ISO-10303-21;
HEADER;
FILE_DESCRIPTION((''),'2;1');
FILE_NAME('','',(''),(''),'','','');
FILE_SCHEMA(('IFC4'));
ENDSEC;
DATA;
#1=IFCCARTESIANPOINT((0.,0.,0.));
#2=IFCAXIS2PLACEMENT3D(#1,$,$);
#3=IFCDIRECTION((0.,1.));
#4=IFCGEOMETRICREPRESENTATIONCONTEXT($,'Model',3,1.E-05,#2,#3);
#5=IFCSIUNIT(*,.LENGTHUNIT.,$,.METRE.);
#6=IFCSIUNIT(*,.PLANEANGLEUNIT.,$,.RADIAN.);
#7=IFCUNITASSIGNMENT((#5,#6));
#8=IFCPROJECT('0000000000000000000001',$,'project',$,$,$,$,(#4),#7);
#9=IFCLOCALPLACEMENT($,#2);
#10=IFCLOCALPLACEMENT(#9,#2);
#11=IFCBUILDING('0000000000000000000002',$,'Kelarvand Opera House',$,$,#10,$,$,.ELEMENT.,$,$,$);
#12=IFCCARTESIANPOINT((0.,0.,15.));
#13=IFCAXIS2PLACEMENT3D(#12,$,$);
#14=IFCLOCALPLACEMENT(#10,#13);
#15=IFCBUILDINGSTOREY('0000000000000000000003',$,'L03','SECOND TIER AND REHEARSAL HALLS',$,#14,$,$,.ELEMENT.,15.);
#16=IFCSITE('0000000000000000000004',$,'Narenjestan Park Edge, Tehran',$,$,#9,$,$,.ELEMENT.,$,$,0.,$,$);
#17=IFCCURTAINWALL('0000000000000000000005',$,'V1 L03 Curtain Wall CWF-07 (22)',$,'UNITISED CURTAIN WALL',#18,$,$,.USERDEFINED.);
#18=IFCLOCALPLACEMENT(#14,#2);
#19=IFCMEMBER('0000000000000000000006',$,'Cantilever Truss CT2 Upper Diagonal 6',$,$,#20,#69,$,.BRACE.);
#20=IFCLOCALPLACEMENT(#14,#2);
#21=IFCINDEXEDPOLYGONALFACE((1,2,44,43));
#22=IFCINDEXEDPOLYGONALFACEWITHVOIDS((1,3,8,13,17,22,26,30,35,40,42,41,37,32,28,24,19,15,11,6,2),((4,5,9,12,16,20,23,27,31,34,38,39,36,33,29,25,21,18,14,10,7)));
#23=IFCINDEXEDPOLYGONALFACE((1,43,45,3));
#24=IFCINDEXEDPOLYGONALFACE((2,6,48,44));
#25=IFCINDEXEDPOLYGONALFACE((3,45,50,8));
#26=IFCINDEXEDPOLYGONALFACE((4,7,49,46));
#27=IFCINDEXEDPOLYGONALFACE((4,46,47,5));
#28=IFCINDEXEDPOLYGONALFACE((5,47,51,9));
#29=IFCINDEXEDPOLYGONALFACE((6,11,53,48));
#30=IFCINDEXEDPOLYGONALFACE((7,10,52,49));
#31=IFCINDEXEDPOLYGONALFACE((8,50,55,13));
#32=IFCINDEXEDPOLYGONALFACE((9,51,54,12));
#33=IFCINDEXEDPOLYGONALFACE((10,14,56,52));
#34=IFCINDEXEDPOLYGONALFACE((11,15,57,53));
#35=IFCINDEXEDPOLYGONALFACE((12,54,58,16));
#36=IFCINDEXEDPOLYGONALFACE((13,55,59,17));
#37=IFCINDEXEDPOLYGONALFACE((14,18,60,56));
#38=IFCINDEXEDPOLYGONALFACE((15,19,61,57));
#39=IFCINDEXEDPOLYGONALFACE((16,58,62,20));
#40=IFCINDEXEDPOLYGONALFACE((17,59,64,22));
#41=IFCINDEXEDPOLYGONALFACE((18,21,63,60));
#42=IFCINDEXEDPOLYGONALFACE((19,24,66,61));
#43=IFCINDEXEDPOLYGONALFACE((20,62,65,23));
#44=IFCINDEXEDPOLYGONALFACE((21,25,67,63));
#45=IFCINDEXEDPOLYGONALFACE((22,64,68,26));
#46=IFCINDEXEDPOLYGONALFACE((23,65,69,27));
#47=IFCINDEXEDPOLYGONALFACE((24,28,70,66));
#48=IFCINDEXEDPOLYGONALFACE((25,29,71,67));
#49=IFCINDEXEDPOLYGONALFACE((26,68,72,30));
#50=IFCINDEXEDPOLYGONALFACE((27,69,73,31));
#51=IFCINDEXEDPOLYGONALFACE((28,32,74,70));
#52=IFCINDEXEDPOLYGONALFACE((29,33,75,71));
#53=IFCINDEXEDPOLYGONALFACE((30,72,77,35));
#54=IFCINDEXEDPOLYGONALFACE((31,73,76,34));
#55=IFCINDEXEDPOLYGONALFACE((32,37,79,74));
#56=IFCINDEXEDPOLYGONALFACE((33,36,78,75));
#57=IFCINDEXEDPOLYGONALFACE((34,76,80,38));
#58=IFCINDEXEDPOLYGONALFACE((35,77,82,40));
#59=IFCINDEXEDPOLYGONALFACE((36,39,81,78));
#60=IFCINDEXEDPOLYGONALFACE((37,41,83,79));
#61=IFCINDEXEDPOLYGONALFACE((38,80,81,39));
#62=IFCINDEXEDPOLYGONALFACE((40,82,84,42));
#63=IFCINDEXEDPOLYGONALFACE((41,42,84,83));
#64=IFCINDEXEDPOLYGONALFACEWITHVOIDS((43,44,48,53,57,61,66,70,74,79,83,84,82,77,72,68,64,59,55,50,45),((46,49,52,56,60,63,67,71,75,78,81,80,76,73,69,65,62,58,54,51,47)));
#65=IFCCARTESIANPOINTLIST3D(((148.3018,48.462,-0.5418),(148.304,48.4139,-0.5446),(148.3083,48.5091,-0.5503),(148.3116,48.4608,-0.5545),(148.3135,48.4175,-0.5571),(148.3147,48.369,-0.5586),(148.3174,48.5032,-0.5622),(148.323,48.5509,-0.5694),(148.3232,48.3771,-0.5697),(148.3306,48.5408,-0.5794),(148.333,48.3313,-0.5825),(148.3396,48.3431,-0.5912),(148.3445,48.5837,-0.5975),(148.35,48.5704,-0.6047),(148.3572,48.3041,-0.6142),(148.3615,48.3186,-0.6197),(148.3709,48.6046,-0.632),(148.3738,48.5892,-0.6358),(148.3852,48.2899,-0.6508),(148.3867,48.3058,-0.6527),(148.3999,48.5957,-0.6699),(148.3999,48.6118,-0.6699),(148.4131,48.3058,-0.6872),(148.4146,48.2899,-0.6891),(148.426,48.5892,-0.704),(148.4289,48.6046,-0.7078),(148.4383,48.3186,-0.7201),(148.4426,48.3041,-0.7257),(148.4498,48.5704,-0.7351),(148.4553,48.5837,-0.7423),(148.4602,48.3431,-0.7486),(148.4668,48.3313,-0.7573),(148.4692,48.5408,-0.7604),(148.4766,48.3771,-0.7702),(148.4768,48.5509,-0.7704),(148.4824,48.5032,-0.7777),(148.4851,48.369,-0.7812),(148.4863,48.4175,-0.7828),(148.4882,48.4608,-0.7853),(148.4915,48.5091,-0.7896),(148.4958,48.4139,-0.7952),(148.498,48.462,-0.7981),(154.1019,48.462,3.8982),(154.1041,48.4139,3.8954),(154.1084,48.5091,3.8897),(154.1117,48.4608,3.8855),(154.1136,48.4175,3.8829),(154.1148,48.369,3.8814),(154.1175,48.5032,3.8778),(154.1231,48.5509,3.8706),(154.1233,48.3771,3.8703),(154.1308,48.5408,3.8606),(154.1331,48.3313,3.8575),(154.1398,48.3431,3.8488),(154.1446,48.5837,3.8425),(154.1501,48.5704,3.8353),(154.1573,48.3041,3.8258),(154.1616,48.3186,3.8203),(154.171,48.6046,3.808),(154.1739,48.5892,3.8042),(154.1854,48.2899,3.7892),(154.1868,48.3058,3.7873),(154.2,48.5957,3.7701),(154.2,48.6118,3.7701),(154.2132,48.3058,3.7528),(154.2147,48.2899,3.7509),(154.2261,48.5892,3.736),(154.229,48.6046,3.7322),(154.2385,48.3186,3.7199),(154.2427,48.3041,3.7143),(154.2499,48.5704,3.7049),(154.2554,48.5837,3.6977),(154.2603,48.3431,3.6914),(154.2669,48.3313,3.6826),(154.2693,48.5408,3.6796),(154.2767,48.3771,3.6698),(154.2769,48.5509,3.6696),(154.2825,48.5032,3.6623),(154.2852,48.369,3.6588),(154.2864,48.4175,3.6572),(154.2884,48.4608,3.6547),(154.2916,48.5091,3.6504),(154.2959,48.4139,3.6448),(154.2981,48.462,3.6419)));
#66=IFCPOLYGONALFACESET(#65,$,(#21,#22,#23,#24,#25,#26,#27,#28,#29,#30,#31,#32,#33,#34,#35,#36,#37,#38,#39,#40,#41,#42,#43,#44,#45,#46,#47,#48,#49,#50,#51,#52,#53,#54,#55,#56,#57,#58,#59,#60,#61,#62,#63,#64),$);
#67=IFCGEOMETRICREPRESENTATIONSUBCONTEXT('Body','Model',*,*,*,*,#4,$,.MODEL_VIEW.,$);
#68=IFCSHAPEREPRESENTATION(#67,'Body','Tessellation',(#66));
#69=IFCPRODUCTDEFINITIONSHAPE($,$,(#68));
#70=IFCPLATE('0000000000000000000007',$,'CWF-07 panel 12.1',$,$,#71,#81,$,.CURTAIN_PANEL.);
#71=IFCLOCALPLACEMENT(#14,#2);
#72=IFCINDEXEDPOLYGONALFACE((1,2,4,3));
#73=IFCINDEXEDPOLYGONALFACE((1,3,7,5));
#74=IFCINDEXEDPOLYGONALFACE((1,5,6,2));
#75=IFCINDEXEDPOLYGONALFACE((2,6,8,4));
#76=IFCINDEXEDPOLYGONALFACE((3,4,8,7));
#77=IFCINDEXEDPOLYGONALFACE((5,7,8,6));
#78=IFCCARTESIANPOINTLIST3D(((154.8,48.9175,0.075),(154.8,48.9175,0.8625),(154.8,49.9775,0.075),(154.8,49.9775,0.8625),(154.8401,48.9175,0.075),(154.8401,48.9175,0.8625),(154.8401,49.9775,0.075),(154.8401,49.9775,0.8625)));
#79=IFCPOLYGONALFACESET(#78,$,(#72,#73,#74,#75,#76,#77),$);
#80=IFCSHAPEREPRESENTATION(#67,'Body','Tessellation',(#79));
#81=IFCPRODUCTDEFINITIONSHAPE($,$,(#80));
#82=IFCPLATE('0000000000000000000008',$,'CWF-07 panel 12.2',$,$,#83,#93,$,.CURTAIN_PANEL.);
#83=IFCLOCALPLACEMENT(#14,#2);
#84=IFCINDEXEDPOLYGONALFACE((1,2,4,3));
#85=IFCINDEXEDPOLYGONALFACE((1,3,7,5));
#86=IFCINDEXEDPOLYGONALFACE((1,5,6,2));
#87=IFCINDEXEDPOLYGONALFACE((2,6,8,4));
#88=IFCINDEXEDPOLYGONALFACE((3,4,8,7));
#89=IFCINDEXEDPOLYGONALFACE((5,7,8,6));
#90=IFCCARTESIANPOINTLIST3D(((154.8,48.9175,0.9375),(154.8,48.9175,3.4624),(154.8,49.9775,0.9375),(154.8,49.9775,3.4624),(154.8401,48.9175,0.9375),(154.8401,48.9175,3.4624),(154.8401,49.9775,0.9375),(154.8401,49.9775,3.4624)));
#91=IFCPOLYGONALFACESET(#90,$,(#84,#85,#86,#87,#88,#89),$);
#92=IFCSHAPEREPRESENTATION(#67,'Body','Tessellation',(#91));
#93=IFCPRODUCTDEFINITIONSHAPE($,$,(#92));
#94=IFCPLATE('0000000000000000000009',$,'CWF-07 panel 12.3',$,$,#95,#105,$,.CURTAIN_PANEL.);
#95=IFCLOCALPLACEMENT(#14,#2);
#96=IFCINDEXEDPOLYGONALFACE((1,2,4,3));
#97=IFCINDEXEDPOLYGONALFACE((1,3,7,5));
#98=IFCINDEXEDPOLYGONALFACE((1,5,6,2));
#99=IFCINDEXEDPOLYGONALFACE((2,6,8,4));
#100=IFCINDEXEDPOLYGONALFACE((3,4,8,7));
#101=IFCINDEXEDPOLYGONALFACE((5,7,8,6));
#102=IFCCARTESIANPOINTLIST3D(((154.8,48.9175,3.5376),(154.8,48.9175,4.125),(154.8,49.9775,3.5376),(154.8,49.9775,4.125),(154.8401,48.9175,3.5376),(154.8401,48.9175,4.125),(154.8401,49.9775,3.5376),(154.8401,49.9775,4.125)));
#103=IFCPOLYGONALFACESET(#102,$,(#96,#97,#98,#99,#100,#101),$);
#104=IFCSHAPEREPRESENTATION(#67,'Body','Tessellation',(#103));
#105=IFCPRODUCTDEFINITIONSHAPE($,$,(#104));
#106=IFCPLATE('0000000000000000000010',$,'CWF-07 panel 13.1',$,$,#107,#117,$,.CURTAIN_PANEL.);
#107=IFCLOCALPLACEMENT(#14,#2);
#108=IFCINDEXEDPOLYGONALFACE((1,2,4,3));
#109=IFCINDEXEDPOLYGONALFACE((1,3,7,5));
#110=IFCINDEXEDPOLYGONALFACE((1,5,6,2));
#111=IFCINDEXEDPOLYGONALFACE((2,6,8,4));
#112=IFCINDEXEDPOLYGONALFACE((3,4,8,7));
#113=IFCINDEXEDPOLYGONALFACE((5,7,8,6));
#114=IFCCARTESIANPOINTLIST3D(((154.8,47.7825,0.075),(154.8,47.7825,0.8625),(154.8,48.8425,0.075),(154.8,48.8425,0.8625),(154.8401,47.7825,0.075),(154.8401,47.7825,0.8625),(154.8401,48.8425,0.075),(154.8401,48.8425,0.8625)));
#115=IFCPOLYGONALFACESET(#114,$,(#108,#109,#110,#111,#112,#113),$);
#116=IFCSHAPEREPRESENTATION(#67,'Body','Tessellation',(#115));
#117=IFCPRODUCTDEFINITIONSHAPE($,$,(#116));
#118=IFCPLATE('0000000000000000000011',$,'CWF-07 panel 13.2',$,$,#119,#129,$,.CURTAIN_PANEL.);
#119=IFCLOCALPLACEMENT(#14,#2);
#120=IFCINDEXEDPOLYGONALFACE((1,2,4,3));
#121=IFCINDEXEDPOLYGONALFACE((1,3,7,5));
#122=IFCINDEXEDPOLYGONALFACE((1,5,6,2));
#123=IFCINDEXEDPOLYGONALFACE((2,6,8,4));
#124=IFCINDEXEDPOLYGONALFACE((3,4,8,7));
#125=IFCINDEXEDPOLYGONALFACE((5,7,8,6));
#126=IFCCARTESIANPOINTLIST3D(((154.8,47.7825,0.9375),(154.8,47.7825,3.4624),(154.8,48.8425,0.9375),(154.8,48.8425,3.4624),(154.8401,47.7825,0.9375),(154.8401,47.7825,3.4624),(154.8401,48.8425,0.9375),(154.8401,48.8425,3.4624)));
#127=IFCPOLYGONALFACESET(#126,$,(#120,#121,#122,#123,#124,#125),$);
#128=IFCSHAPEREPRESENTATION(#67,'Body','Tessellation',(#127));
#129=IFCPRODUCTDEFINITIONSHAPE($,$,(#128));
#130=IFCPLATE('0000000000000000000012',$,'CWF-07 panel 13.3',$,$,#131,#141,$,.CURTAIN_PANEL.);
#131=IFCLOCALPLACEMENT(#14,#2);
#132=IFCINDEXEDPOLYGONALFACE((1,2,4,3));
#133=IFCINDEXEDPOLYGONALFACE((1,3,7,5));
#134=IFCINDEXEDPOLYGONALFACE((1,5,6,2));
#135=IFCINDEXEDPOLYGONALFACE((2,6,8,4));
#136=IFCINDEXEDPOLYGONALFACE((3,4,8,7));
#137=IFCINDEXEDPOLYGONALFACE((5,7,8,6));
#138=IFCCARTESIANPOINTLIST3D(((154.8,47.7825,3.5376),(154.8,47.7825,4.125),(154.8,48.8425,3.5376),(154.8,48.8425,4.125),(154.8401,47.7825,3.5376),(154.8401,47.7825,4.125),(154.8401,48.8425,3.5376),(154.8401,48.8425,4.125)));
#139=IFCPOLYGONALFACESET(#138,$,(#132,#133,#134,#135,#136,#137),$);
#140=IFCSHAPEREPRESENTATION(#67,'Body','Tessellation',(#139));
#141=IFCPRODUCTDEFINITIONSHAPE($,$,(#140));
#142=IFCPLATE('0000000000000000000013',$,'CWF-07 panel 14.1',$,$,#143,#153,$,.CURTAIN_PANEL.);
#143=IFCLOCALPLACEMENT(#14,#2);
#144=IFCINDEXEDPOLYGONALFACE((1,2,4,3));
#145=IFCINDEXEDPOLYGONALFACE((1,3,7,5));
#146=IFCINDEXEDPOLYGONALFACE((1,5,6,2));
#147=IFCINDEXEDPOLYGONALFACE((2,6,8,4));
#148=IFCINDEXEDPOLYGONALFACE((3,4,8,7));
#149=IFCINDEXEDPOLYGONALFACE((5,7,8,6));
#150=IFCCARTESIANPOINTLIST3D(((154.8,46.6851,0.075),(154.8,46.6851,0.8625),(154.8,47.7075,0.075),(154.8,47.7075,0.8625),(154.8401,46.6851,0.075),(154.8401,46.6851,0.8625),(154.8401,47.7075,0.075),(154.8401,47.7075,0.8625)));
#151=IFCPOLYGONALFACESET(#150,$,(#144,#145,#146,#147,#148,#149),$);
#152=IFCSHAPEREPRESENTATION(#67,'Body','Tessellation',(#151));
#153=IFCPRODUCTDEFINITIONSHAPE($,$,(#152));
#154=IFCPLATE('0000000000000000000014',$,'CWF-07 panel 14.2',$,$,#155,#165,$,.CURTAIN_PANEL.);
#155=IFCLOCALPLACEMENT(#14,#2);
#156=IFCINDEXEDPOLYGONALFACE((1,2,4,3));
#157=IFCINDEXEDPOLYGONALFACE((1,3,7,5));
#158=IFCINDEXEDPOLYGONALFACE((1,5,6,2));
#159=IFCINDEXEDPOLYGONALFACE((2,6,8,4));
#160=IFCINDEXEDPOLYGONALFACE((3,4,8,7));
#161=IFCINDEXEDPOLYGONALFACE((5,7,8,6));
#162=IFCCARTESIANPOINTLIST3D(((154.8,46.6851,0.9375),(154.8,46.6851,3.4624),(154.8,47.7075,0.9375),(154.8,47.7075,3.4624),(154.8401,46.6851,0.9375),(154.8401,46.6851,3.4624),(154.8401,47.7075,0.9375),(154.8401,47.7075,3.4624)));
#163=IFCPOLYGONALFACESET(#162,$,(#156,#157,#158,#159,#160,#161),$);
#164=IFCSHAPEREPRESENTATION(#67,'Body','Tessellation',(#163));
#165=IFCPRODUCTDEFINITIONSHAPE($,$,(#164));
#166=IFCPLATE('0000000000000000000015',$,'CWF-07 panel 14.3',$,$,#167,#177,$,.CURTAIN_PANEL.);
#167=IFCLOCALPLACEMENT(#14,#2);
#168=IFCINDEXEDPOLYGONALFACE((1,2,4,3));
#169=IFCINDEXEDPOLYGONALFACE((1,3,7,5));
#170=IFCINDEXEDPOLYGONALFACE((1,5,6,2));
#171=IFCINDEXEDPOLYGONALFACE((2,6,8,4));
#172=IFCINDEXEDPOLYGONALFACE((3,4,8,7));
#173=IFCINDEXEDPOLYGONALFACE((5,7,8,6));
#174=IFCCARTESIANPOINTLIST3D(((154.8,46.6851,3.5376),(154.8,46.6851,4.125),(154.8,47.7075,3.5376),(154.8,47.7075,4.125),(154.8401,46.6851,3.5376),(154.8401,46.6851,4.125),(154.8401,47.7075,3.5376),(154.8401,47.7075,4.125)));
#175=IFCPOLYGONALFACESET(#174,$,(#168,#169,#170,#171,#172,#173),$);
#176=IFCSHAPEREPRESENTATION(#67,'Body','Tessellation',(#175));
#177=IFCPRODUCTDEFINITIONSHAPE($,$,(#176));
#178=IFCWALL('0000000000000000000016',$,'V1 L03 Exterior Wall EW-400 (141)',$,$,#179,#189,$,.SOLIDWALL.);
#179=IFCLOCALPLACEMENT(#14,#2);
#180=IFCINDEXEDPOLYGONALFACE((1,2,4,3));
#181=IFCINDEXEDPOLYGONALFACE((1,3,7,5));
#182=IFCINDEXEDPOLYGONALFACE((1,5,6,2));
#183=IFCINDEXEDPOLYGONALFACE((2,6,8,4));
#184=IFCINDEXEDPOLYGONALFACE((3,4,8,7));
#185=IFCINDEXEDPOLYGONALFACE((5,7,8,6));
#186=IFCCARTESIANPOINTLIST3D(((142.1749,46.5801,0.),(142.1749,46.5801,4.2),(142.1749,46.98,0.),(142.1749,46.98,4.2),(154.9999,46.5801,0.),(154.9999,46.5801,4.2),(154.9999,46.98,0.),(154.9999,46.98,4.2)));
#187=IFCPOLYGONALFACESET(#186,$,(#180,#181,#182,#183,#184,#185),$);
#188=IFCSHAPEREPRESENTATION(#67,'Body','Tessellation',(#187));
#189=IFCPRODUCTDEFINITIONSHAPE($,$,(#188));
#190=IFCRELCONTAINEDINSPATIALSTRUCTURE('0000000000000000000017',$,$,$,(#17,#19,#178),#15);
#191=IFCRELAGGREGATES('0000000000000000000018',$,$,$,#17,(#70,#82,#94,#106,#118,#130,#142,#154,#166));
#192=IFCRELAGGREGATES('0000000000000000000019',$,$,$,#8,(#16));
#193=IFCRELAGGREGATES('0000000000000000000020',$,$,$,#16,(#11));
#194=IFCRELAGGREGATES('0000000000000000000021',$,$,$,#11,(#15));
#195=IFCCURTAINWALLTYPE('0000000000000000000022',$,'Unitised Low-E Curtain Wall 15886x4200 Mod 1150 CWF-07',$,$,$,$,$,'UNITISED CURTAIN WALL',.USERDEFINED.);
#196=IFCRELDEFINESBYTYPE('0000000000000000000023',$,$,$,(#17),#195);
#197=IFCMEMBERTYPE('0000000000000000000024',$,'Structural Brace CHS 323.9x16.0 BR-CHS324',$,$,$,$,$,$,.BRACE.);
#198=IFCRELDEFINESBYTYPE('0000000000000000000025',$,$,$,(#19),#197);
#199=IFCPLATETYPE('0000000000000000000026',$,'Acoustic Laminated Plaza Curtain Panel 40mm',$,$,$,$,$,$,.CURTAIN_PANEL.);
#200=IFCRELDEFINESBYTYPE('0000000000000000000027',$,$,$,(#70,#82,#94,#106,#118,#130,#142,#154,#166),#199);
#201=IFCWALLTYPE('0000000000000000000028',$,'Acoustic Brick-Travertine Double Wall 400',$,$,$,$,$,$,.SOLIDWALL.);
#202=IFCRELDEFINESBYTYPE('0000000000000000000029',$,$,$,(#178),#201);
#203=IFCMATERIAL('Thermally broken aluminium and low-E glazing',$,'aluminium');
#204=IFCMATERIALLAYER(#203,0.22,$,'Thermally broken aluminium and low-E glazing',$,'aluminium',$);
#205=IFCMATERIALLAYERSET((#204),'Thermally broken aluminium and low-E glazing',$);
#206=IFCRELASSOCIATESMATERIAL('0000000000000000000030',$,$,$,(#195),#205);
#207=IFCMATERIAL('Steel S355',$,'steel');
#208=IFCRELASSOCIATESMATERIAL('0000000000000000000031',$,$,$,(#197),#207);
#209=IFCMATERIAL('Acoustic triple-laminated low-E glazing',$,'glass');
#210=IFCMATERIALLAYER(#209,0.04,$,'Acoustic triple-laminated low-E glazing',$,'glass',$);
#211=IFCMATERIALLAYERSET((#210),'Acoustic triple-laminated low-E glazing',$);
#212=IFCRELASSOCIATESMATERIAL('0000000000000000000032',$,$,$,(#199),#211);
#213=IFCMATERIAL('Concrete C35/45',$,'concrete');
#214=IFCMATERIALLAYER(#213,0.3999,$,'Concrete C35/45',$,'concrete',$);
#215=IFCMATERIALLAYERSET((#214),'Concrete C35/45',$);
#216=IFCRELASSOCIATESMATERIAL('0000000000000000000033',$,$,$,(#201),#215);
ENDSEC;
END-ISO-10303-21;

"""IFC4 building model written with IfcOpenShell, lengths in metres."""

from ifc_helpers import new_model, si_unit, direction, frame, frame_2d, origin, origin_2d, place, context, subcontext, project, spatial, rectangle, hollow_circle, extrude, material, layer, layer_set, material_profile, profile_set, type_object, element, aggregate, save


model = new_model("IFC4")

# Units and contexts
model_context = context("Model", 3, precision=1e-05, world=origin(), true_north=direction((0.0, 1.0)))
body_context = subcontext(model_context, "Body", "Model", "MODEL_VIEW")
ifc_project = project(units=[si_unit("LENGTHUNIT", "METRE"), si_unit("PLANEANGLEUNIT", "RADIAN")], contexts=[model_context])

# Site, building, storey
site_placement = place(None, origin())
site = spatial("IfcSite", under=ifc_project, at=site_placement, Name="Narenjestan Park Edge, Tehran", CompositionType="ELEMENT", RefElevation=0.0)
building_placement = place(site_placement, origin())
building = spatial("IfcBuilding", under=site, at=building_placement, Name="Kelarvand Opera House", CompositionType="ELEMENT")
storey_placement = place(building_placement, frame((0.0, 0.0, 15.0)))
storey = spatial("IfcBuildingStorey", under=building, at=storey_placement, Name="L03", Description="SECOND TIER AND REHEARSAL HALLS", CompositionType="ELEMENT", Elevation=15.0)

# Curtain wall
ifc_material_1 = material(Name="Thermally broken aluminium and low-E glazing", Category="aluminium")
ifc_layer_1 = layer(ifc_material_1, 0.22, Name="Thermally broken aluminium and low-E glazing", Category="aluminium")
ifc_layer_set_1 = layer_set([ifc_layer_1], Name="Thermally broken aluminium and low-E glazing")
curtain_wall_type = type_object("IfcCurtainWallType", Name="Unitised Low-E Curtain Wall 15886x4200 Mod 1150 CWF-07", ElementType="UNITISED CURTAIN WALL", PredefinedType="USERDEFINED", material=ifc_layer_set_1)
curtain_wall_placement = place(storey_placement, origin())
curtain_wall = element("IfcCurtainWall", 1, at=curtain_wall_placement, inside=storey, type_object=curtain_wall_type, Name="V1 L03 Curtain Wall CWF-07 (22)", ObjectType="UNITISED CURTAIN WALL", PredefinedType="USERDEFINED")

# Shared definitions
ifc_material_2 = material(Name="Steel S355", Category="steel")

# Member
ifc_material_profile_1 = material_profile(ifc_material_2, hollow_circle(Radius=0.1619, WallThickness=0.0161, at=origin_2d()), Name="CHS 323.9x16.0", Category="steel")
ifc_profile_set_1 = profile_set([ifc_material_profile_1], Name="Steel S355")
member_type_1 = type_object("IfcMemberType", Name="Structural Brace CHS 323.9x16.0 BR-CHS324", PredefinedType="BRACE", material=ifc_profile_set_1)
member_1_placement = place(storey_placement, frame((148.3999, 48.45, -0.6699), z_axis=(0.794053, 0.0, 0.607848), x_axis=(0.0, 1.0, 0.0)))
element("IfcMember", 2, at=member_1_placement, inside=storey, type_object=member_type_1, Name="Cantilever Truss CT2 Upper Diagonal 6", PredefinedType="BRACE", context=body_context, shape_type="SweptSolid", body=[
    extrude(hollow_circle(Radius=0.1619, WallThickness=0.0161, at=origin_2d()), origin(), (0.0, 0.0, 1.0), 7.3044),
])

# Plates
ifc_material_3 = material(Name="Acoustic triple-laminated low-E glazing", Category="glass")
ifc_layer_2 = layer(ifc_material_3, 0.04, Name="Acoustic triple-laminated low-E glazing", Category="glass")
ifc_layer_set_2 = layer_set([ifc_layer_2], Name="Acoustic triple-laminated low-E glazing")
plate_type = type_object("IfcPlateType", Name="Acoustic Laminated Plaza Curtain Panel 40mm", PredefinedType="CURTAIN_PANEL", material=ifc_layer_set_2)
plate_1_placement = place(storey_placement, frame((154.8201, 49.4475, 0.075), z_axis=(0.0, 0.0, 1.0), x_axis=(0.0, -1.0, 0.0)))
plate_1 = element("IfcPlate", 3, at=plate_1_placement, type_object=plate_type, Name="CWF-07 panel 12.1", PredefinedType="CURTAIN_PANEL", context=body_context, shape_type="SweptSolid", body=[
    extrude(rectangle(XDim=1.0601, YDim=0.04, at=origin_2d()), origin(), (0.0, 0.0, 1.0), 0.7876),
])
plate_2_placement = place(storey_placement, frame((154.8201, 49.4475, 0.9375), z_axis=(0.0, 0.0, 1.0), x_axis=(0.0, -1.0, 0.0)))
plate_2 = element("IfcPlate", 4, at=plate_2_placement, type_object=plate_type, Name="CWF-07 panel 12.2", PredefinedType="CURTAIN_PANEL", context=body_context, shape_type="SweptSolid", body=[
    extrude(rectangle(XDim=1.0601, YDim=0.04, at=origin_2d()), origin(), (0.0, 0.0, 1.0), 2.5249),
])
plate_3_placement = place(storey_placement, frame((154.8201, 49.4475, 3.5376), z_axis=(0.0, 0.0, 1.0), x_axis=(0.0, -1.0, 0.0)))
plate_3 = element("IfcPlate", 5, at=plate_3_placement, type_object=plate_type, Name="CWF-07 panel 12.3", PredefinedType="CURTAIN_PANEL", context=body_context, shape_type="SweptSolid", body=[
    extrude(rectangle(XDim=1.0601, YDim=0.04, at=origin_2d()), origin(), (0.0, 0.0, 1.0), 0.5874),
])
plate_4_placement = place(storey_placement, frame((154.8201, 48.3125, 0.075), z_axis=(0.0, 0.0, 1.0), x_axis=(0.0, -1.0, 0.0)))
plate_4 = element("IfcPlate", 6, at=plate_4_placement, type_object=plate_type, Name="CWF-07 panel 13.1", PredefinedType="CURTAIN_PANEL", context=body_context, shape_type="SweptSolid", body=[
    extrude(rectangle(XDim=1.0601, YDim=0.04, at=origin_2d()), origin(), (0.0, 0.0, 1.0), 0.7876),
])
plate_5_placement = place(storey_placement, frame((154.8201, 48.3125, 0.9375), z_axis=(0.0, 0.0, 1.0), x_axis=(0.0, -1.0, 0.0)))
plate_5 = element("IfcPlate", 7, at=plate_5_placement, type_object=plate_type, Name="CWF-07 panel 13.2", PredefinedType="CURTAIN_PANEL", context=body_context, shape_type="SweptSolid", body=[
    extrude(rectangle(XDim=1.0601, YDim=0.04, at=origin_2d()), origin(), (0.0, 0.0, 1.0), 2.5249),
])
plate_6_placement = place(storey_placement, frame((154.8201, 48.3125, 3.5376), z_axis=(0.0, 0.0, 1.0), x_axis=(0.0, -1.0, 0.0)))
plate_6 = element("IfcPlate", 8, at=plate_6_placement, type_object=plate_type, Name="CWF-07 panel 13.3", PredefinedType="CURTAIN_PANEL", context=body_context, shape_type="SweptSolid", body=[
    extrude(rectangle(XDim=1.0601, YDim=0.04, at=origin_2d()), origin(), (0.0, 0.0, 1.0), 0.5874),
])
plate_7_placement = place(storey_placement, frame((154.8201, 47.1963, 0.075), z_axis=(0.0, 0.0, 1.0), x_axis=(0.0, -1.0, 0.0)))
plate_7 = element("IfcPlate", 9, at=plate_7_placement, type_object=plate_type, Name="CWF-07 panel 14.1", PredefinedType="CURTAIN_PANEL", context=body_context, shape_type="SweptSolid", body=[
    extrude(rectangle(XDim=1.0225, YDim=0.04, at=origin_2d()), origin(), (0.0, 0.0, 1.0), 0.7876),
])
plate_8_placement = place(storey_placement, frame((154.8201, 47.1963, 0.9375), z_axis=(0.0, 0.0, 1.0), x_axis=(0.0, -1.0, 0.0)))
plate_8 = element("IfcPlate", 10, at=plate_8_placement, type_object=plate_type, Name="CWF-07 panel 14.2", PredefinedType="CURTAIN_PANEL", context=body_context, shape_type="SweptSolid", body=[
    extrude(rectangle(XDim=1.0225, YDim=0.04, at=origin_2d()), origin(), (0.0, 0.0, 1.0), 2.5249),
])
plate_9_placement = place(storey_placement, frame((154.8201, 47.1963, 3.5376), z_axis=(0.0, 0.0, 1.0), x_axis=(0.0, -1.0, 0.0)))
plate_9 = element("IfcPlate", 11, at=plate_9_placement, type_object=plate_type, Name="CWF-07 panel 14.3", PredefinedType="CURTAIN_PANEL", context=body_context, shape_type="SweptSolid", body=[
    extrude(rectangle(XDim=1.0225, YDim=0.04, at=origin_2d()), origin(), (0.0, 0.0, 1.0), 0.5874),
])
aggregate(curtain_wall, [plate_1, plate_2, plate_3, plate_4, plate_5, plate_6, plate_7, plate_8, plate_9])

# Wall
ifc_material_4 = material(Name="Concrete C35/45", Category="concrete")
ifc_layer_3 = layer(ifc_material_4, 0.3999, Name="Concrete C35/45", Category="concrete")
ifc_layer_set_3 = layer_set([ifc_layer_3], Name="Concrete C35/45")
wall_type_1 = type_object("IfcWallType", Name="Acoustic Brick-Travertine Double Wall 400", PredefinedType="SOLIDWALL", material=ifc_layer_set_3)
wall_1_placement = place(storey_placement, frame((155.0, 46.78, 0.0), z_axis=(0.0, 0.0, 1.0), x_axis=(-1.0, 0.0, 0.0)))
element("IfcWall", 12, at=wall_1_placement, inside=storey, type_object=wall_type_1, Name="V1 L03 Exterior Wall EW-400 (141)", PredefinedType="SOLIDWALL", context=body_context, shape_type="SweptSolid", body=[
    extrude(rectangle(XDim=12.825, YDim=0.3999, at=frame_2d((6.4126, 0.0))), origin(), (0.0, 0.0, 1.0), 4.2),
])

save(model, "model.ifc")
